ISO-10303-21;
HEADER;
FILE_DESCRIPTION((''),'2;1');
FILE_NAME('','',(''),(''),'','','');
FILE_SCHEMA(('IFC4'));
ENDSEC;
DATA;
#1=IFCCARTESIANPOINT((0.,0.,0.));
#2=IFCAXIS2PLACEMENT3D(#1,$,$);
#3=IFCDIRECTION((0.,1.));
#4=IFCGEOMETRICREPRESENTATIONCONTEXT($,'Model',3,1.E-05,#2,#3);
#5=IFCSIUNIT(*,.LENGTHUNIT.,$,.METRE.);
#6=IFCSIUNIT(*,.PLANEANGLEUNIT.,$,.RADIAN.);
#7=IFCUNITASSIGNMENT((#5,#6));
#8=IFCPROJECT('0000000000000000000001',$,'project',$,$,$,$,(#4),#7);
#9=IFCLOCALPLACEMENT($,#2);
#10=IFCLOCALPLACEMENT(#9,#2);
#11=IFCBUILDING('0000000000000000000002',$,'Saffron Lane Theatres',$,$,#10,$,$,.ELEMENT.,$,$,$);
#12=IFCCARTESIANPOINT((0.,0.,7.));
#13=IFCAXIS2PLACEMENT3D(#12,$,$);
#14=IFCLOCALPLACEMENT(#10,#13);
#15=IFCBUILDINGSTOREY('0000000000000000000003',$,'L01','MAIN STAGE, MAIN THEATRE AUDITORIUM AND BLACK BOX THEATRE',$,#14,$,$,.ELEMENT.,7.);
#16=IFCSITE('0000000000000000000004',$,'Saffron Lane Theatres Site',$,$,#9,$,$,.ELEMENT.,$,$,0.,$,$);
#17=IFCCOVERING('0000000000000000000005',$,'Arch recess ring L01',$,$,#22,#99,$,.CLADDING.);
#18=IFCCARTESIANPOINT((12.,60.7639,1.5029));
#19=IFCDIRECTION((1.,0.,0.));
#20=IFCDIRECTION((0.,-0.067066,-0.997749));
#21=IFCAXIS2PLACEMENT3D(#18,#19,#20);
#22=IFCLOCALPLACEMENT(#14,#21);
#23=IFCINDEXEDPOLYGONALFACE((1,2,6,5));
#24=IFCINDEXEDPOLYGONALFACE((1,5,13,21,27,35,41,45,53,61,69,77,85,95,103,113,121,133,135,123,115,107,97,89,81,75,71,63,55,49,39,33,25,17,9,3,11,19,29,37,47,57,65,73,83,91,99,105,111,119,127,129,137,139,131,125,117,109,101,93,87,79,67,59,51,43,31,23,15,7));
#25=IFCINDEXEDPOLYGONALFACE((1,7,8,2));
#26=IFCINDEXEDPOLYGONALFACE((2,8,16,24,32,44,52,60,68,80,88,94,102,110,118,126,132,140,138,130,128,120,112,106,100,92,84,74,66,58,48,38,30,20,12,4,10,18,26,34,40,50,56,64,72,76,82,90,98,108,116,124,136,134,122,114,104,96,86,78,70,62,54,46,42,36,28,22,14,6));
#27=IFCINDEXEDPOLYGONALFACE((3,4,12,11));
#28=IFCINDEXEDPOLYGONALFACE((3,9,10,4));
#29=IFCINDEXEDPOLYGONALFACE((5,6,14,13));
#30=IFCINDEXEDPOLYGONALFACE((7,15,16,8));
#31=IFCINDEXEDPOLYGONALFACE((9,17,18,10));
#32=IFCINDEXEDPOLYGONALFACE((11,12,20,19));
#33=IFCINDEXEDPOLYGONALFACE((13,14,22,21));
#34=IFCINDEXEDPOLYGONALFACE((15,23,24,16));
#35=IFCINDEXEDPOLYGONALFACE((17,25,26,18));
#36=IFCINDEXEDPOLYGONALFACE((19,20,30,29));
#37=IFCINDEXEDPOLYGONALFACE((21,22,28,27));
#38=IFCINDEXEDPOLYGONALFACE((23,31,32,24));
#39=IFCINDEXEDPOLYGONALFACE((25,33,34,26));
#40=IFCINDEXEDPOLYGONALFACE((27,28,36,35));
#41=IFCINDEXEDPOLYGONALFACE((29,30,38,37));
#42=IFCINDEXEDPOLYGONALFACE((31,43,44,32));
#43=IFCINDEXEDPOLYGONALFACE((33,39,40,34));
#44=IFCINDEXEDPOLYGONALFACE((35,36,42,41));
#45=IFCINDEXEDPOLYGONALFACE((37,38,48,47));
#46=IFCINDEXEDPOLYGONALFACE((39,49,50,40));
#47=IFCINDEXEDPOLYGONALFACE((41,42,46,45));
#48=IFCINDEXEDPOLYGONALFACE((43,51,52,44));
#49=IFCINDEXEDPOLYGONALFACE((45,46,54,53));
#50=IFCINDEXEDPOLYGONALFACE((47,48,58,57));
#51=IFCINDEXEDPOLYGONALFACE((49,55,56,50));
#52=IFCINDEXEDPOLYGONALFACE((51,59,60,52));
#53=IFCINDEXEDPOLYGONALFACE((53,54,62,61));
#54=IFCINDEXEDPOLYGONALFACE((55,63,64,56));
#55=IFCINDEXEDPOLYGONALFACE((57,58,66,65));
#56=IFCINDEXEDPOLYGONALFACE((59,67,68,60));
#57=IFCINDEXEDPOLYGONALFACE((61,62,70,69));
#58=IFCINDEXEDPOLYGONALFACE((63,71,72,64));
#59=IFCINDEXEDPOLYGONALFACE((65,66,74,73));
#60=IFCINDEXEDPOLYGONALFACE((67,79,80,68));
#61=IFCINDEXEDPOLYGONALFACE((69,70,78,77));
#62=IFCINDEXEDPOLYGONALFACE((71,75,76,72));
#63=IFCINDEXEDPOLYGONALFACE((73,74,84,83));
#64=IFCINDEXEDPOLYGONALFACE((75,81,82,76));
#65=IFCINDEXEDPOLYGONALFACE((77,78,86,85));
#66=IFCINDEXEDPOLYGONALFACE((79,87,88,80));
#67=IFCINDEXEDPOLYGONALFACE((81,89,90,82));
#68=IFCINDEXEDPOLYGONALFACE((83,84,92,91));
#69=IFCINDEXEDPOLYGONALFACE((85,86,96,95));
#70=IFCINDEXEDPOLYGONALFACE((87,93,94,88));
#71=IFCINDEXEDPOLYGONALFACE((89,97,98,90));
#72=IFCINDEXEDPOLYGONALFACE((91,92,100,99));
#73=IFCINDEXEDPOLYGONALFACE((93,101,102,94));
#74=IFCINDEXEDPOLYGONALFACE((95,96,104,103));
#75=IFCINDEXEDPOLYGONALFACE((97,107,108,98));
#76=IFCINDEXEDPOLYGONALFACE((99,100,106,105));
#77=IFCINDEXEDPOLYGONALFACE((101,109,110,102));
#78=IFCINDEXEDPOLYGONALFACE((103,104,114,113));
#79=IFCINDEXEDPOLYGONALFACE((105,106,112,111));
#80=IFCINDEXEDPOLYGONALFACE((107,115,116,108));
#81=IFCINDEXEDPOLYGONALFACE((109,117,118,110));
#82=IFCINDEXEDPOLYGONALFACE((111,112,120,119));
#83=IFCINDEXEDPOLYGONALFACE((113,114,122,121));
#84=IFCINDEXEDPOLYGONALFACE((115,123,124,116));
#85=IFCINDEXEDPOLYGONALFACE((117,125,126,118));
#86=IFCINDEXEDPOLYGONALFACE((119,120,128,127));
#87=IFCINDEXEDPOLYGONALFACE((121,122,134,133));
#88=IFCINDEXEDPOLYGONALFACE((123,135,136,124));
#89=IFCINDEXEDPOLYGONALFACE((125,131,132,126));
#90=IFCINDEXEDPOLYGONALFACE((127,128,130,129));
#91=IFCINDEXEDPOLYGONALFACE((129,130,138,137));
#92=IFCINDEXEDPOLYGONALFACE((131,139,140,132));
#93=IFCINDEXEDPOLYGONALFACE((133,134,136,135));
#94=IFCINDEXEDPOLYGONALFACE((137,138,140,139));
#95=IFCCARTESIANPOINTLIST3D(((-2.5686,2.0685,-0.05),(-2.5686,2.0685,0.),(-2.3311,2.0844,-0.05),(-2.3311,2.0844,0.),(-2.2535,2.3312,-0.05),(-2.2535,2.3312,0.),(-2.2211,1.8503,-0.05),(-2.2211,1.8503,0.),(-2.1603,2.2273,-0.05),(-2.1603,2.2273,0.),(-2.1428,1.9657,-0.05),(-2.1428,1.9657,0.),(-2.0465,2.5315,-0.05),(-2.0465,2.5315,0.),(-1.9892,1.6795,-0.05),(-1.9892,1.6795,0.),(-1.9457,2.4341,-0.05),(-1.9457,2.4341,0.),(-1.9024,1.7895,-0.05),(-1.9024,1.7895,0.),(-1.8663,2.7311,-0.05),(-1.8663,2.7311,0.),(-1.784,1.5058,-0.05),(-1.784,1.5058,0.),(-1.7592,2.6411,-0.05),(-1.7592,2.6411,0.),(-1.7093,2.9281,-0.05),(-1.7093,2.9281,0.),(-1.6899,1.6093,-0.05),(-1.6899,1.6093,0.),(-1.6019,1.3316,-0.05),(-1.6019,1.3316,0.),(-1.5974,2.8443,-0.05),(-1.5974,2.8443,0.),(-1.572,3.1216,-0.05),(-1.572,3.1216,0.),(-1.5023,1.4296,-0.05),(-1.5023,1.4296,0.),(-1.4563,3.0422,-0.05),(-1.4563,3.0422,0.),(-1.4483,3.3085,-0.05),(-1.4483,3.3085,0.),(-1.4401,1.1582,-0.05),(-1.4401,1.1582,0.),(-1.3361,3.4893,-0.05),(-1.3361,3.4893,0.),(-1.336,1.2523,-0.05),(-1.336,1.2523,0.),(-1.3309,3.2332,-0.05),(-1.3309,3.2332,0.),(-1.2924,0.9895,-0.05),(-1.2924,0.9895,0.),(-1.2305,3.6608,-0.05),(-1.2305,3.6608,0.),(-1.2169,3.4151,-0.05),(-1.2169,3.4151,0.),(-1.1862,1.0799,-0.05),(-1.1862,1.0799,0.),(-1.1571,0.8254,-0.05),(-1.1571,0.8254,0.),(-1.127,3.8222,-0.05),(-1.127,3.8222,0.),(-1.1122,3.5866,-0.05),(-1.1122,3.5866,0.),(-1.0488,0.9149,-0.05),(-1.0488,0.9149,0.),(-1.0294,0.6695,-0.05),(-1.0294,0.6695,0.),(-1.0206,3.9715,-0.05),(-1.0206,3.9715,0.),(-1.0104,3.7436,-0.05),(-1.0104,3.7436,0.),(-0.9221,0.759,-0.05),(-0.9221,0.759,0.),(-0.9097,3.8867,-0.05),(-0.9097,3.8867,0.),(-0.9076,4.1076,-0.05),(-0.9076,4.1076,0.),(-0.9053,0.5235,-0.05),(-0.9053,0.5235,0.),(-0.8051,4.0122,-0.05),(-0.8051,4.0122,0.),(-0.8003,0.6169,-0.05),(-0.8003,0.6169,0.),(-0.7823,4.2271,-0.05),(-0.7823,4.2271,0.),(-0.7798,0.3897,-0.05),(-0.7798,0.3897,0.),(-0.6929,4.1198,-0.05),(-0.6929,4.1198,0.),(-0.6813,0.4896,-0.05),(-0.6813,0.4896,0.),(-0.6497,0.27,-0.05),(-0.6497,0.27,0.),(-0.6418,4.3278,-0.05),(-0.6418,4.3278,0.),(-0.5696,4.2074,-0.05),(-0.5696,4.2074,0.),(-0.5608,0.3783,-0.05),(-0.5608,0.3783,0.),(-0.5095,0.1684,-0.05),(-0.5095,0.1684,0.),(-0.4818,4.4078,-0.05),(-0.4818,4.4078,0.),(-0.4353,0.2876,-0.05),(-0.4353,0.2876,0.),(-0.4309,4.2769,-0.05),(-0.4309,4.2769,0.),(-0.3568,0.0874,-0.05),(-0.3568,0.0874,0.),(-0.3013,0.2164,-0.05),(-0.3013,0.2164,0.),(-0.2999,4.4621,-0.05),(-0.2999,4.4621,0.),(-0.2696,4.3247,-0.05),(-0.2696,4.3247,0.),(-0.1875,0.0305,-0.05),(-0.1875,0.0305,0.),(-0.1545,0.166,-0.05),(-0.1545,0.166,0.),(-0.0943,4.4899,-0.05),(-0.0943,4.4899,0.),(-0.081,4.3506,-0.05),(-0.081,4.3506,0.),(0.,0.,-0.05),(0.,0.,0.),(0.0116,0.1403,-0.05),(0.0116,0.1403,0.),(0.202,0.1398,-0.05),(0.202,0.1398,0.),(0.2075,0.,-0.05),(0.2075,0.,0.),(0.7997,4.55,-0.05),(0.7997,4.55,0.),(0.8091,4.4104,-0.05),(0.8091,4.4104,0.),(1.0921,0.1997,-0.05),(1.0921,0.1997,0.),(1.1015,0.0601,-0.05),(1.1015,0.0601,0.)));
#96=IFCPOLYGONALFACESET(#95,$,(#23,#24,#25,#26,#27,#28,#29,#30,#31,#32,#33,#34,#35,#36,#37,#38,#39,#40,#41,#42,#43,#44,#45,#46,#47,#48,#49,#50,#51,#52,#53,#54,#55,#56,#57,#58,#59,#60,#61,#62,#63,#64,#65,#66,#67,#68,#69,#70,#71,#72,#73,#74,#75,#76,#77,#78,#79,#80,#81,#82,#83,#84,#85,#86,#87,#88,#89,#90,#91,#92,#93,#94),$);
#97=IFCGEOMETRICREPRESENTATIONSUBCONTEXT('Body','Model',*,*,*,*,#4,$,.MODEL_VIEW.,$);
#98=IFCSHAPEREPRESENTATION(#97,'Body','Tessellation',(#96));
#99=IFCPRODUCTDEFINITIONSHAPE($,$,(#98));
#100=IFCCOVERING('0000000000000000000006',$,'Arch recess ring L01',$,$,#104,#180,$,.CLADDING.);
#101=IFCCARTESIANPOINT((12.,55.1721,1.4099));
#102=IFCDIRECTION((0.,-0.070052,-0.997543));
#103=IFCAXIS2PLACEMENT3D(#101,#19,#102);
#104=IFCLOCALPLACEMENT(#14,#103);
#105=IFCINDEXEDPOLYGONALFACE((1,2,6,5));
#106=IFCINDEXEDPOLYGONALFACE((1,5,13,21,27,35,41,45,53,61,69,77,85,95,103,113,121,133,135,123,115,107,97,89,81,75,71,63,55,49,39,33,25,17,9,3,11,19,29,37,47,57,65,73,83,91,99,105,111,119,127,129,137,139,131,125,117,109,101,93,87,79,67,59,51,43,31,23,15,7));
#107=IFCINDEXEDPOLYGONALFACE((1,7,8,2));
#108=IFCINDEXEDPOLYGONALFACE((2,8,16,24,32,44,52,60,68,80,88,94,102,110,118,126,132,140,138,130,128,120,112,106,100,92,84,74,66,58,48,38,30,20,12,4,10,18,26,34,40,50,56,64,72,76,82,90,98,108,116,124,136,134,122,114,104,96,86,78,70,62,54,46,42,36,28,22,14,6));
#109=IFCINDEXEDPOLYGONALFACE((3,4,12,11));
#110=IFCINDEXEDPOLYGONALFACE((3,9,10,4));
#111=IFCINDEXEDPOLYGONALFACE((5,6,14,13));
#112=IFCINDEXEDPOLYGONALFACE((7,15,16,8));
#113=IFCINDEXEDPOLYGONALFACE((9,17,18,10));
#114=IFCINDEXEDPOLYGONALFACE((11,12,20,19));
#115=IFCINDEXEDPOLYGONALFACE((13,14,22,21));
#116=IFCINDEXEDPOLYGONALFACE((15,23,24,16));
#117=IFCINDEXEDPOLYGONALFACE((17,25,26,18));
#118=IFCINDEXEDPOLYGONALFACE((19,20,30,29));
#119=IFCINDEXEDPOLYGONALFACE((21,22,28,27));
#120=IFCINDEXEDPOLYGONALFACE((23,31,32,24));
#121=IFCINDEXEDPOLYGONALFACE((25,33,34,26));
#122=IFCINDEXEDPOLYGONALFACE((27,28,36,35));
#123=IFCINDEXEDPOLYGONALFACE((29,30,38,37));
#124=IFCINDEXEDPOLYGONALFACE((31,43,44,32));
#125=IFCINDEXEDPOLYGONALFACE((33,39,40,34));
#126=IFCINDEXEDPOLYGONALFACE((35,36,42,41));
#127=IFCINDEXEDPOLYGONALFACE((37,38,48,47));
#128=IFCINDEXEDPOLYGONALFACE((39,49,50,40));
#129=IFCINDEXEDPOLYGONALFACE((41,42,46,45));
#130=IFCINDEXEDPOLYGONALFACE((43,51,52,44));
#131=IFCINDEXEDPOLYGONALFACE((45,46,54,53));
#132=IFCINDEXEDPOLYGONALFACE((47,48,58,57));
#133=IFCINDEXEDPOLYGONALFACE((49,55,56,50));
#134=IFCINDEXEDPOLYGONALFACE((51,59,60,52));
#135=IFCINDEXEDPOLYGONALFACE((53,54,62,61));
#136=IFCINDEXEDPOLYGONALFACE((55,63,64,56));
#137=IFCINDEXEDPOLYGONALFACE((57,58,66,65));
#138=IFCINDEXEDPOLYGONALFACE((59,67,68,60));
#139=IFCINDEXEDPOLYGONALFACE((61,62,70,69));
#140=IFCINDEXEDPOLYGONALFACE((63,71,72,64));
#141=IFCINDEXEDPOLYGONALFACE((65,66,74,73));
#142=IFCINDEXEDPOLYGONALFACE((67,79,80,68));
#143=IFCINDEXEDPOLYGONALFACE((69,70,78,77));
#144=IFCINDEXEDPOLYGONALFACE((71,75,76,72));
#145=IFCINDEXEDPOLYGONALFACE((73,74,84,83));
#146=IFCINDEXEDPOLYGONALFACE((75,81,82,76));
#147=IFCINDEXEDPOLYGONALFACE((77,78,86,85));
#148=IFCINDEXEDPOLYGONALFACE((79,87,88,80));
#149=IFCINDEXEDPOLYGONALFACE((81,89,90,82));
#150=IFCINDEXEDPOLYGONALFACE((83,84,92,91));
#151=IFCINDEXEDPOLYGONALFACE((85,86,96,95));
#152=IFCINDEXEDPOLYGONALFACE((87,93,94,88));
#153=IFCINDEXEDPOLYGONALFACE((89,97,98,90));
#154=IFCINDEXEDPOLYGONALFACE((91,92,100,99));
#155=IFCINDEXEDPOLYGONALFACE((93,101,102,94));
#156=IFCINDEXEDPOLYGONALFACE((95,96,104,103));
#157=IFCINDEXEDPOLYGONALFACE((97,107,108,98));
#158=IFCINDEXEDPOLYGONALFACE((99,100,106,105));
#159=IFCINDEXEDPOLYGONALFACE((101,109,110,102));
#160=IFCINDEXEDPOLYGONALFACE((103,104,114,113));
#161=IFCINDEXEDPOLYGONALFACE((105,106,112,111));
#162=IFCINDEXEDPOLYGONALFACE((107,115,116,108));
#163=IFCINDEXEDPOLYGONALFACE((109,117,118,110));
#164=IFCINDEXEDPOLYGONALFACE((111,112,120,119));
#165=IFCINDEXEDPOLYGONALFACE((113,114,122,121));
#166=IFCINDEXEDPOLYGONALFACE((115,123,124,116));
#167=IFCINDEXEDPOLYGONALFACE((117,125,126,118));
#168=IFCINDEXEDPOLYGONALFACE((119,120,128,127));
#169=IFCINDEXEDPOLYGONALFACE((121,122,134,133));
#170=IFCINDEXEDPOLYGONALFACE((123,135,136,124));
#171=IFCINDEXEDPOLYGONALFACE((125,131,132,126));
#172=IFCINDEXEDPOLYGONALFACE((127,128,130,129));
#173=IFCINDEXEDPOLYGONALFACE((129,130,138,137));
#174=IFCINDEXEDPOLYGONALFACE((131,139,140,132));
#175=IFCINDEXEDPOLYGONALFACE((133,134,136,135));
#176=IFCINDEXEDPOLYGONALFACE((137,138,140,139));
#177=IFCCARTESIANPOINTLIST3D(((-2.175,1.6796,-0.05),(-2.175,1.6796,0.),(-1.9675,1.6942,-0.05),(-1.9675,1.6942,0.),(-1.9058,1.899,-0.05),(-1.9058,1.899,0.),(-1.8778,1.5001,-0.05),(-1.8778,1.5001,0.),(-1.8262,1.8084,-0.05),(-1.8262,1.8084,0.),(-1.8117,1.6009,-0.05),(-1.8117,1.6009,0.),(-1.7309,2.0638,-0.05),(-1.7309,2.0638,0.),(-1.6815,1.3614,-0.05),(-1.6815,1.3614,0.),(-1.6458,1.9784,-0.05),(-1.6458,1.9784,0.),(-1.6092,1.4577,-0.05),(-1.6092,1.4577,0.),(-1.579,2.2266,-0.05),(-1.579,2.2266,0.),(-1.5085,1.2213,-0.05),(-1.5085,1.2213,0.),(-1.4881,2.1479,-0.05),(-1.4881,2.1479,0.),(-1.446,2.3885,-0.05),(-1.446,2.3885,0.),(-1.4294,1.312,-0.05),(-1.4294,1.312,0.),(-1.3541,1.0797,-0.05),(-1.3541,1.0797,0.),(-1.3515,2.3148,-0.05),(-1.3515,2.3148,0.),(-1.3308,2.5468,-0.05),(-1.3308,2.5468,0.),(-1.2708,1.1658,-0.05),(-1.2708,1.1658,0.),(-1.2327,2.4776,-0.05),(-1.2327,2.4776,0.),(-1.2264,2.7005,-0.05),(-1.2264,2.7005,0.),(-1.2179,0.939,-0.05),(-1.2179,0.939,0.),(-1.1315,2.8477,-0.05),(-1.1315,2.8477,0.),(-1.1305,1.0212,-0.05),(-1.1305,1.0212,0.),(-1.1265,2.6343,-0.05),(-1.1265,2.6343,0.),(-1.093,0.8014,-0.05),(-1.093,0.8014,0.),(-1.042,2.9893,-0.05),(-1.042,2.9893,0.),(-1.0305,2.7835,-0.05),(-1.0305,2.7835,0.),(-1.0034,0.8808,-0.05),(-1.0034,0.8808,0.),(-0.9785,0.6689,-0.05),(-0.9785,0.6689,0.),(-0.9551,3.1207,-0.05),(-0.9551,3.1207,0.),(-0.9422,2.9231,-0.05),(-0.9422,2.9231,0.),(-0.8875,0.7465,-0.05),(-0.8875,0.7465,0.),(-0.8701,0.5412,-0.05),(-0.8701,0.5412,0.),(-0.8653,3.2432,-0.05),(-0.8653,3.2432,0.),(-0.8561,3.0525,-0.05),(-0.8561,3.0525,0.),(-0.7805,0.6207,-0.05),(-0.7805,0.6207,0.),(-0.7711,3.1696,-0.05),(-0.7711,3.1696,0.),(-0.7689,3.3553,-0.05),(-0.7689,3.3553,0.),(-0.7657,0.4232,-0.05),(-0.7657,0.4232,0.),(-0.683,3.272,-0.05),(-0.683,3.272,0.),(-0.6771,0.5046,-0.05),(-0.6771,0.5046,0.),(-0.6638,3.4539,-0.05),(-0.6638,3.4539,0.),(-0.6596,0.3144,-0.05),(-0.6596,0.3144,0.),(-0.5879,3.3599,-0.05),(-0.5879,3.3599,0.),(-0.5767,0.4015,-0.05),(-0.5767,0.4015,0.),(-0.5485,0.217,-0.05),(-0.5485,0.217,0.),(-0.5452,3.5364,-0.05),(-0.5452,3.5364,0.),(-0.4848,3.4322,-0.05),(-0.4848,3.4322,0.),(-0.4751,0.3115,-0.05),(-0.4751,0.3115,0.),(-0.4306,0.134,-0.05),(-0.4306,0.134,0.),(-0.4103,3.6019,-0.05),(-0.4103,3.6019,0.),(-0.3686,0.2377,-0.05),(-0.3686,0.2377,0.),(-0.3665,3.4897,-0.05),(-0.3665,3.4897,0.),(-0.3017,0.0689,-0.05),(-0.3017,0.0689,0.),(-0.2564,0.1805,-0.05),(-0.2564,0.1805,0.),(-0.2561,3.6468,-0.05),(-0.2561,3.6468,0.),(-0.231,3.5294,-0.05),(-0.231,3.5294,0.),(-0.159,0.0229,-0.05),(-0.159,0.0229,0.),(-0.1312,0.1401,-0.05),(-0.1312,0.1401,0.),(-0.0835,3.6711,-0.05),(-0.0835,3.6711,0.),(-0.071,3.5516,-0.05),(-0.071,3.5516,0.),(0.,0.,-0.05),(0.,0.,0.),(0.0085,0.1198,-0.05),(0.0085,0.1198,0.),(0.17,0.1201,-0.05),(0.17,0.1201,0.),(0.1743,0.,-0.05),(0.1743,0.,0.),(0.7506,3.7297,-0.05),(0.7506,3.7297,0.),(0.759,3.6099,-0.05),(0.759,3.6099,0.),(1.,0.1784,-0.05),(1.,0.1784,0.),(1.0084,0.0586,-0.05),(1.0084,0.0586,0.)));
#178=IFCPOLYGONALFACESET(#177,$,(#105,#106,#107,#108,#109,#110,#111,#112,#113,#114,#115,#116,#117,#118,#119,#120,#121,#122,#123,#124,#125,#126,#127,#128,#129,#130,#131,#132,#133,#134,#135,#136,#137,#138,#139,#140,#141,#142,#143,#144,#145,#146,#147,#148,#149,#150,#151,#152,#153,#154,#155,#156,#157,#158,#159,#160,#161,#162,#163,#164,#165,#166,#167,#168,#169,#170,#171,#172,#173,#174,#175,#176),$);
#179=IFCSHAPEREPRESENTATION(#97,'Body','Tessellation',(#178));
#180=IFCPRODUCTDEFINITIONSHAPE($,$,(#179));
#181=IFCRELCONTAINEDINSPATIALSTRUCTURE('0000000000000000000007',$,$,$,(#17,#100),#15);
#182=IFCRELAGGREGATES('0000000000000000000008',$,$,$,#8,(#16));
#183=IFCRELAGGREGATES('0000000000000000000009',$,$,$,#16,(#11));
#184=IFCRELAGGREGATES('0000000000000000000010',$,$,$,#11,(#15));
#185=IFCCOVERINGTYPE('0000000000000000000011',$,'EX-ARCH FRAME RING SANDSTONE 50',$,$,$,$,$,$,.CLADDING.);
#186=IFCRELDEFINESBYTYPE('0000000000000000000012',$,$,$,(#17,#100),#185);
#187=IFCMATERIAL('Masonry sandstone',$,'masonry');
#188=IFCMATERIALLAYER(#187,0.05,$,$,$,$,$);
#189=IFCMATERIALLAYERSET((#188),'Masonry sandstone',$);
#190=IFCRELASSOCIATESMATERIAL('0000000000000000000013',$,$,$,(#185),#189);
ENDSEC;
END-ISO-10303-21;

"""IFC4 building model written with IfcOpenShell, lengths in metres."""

from ifc_helpers import new_model, si_unit, direction, frame, origin, place, context, subcontext, project, spatial, polyline, outline, extrude, material, layer, layer_set, type_object, element, save


model = new_model("IFC4")

# Units and contexts
model_context = context("Model", 3, precision=1e-05, world=origin(), true_north=direction((0.0, 1.0)))
body_context = subcontext(model_context, "Body", "Model", "MODEL_VIEW")
ifc_project = project(units=[si_unit("LENGTHUNIT", "METRE"), si_unit("PLANEANGLEUNIT", "RADIAN")], contexts=[model_context])

# Site, building, storey
site_placement = place(None, origin())
site = spatial("IfcSite", under=ifc_project, at=site_placement, Name="Saffron Lane Theatres Site", CompositionType="ELEMENT", RefElevation=0.0)
building_placement = place(site_placement, origin())
building = spatial("IfcBuilding", under=site, at=building_placement, Name="Saffron Lane Theatres", CompositionType="ELEMENT")
storey_placement = place(building_placement, frame((0.0, 0.0, 7.0)))
storey = spatial("IfcBuildingStorey", under=building, at=storey_placement, Name="L01", Description="MAIN STAGE, MAIN THEATRE AUDITORIUM AND BLACK BOX THEATRE", CompositionType="ELEMENT", Elevation=7.0)

# Coverings
ifc_material_1 = material(Name="Masonry sandstone", Category="masonry")
ifc_layer_1 = layer(ifc_material_1, 0.05)
ifc_layer_set_1 = layer_set([ifc_layer_1], Name="Masonry sandstone")
covering_type_1 = type_object("IfcCoveringType", Name="EX-ARCH FRAME RING SANDSTONE 50", PredefinedType="CLADDING", material=ifc_layer_set_1)
covering_1_placement = place(storey_placement, frame((12.0, 60.7639, 1.5029), z_axis=(1.0, 0.0, 0.0), x_axis=(0.0, -0.067066, -0.997749)))
element("IfcCovering", 1, at=covering_1_placement, inside=storey, type_object=covering_type_1, Name="Arch recess ring L01", PredefinedType="CLADDING", context=body_context, shape_type="SweptSolid", body=[
    extrude(outline(polyline([(0.0, 0.0), (0.2075, 0.0), (1.1015, 0.0601), (1.0921, 0.1997), (0.202, 0.1398), (0.0116, 0.1403), (-0.1545, 0.166), (-0.3013, 0.2164), (-0.4353, 0.2876), (-0.5608, 0.3783), (-0.6813, 0.4896), (-0.8003, 0.6169), (-0.9221, 0.759), (-1.0488, 0.9149), (-1.1862, 1.0799), (-1.336, 1.2523), (-1.5023, 1.4296), (-1.6899, 1.6093), (-1.9024, 1.7895), (-2.1428, 1.9657), (-2.3311, 2.0844), (-2.1603, 2.2273), (-1.9457, 2.4341), (-1.7592, 2.6411), (-1.5974, 2.8443), (-1.4563, 3.0422), (-1.3309, 3.2332), (-1.2169, 3.4151), (-1.1122, 3.5866), (-1.0104, 3.7436), (-0.9097, 3.8867), (-0.8051, 4.0122), (-0.6929, 4.1198), (-0.5696, 4.2074), (-0.4309, 4.2769), (-0.2696, 4.3247), (-0.081, 4.3506), (0.8091, 4.4104), (0.7997, 4.55), (-0.0943, 4.4899), (-0.2999, 4.4621), (-0.4818, 4.4078), (-0.6418, 4.3278), (-0.7823, 4.2271), (-0.9076, 4.1076), (-1.0206, 3.9715), (-1.127, 3.8222), (-1.2305, 3.6608), (-1.3361, 3.4893), (-1.4483, 3.3085), (-1.572, 3.1216), (-1.7093, 2.9281), (-1.8663, 2.7311), (-2.0465, 2.5315), (-2.2535, 2.3312), (-2.5686, 2.0685), (-2.2211, 1.8503), (-1.9892, 1.6795), (-1.784, 1.5058), (-1.6019, 1.3316), (-1.4401, 1.1582), (-1.2924, 0.9895), (-1.1571, 0.8254), (-1.0294, 0.6695), (-0.9053, 0.5235), (-0.7798, 0.3897), (-0.6497, 0.27), (-0.5095, 0.1684), (-0.3568, 0.0874), (-0.1875, 0.0305), (0.0, 0.0)])), origin(), (0.0, 0.0, -1.0), 0.05),
])
covering_2_placement = place(storey_placement, frame((12.0, 55.1721, 1.4099), z_axis=(1.0, 0.0, 0.0), x_axis=(0.0, -0.070052, -0.997543)))
element("IfcCovering", 2, at=covering_2_placement, inside=storey, type_object=covering_type_1, Name="Arch recess ring L01", PredefinedType="CLADDING", context=body_context, shape_type="SweptSolid", body=[
    extrude(outline(polyline([(0.0, 0.0), (0.1743, 0.0), (1.0084, 0.0586), (1.0, 0.1784), (0.17, 0.1201), (0.0085, 0.1198), (-0.1312, 0.1401), (-0.2564, 0.1805), (-0.3686, 0.2377), (-0.4751, 0.3115), (-0.5767, 0.4015), (-0.6771, 0.5046), (-0.7805, 0.6207), (-0.8875, 0.7465), (-1.0034, 0.8808), (-1.1305, 1.0212), (-1.2708, 1.1658), (-1.4294, 1.312), (-1.6092, 1.4577), (-1.8117, 1.6009), (-1.9675, 1.6942), (-1.8262, 1.8084), (-1.6458, 1.9784), (-1.4881, 2.1479), (-1.3515, 2.3148), (-1.2327, 2.4776), (-1.1265, 2.6343), (-1.0305, 2.7835), (-0.9422, 2.9231), (-0.8561, 3.0525), (-0.7711, 3.1696), (-0.683, 3.272), (-0.5879, 3.3599), (-0.4848, 3.4322), (-0.3665, 3.4897), (-0.231, 3.5294), (-0.071, 3.5516), (0.759, 3.6099), (0.7506, 3.7297), (-0.0835, 3.6711), (-0.2561, 3.6468), (-0.4103, 3.6019), (-0.5452, 3.5364), (-0.6638, 3.4539), (-0.7689, 3.3553), (-0.8653, 3.2432), (-0.9551, 3.1207), (-1.042, 2.9893), (-1.1315, 2.8477), (-1.2264, 2.7005), (-1.3308, 2.5468), (-1.446, 2.3885), (-1.579, 2.2266), (-1.7309, 2.0638), (-1.9058, 1.899), (-2.175, 1.6796), (-1.8778, 1.5001), (-1.6815, 1.3614), (-1.5085, 1.2213), (-1.3541, 1.0797), (-1.2179, 0.939), (-1.093, 0.8014), (-0.9785, 0.6689), (-0.8701, 0.5412), (-0.7657, 0.4232), (-0.6596, 0.3144), (-0.5485, 0.217), (-0.4306, 0.134), (-0.3017, 0.0689), (-0.159, 0.0229), (0.0, 0.0)])), origin(), (0.0, 0.0, -1.0), 0.05),
])

save(model, "model.ifc")
